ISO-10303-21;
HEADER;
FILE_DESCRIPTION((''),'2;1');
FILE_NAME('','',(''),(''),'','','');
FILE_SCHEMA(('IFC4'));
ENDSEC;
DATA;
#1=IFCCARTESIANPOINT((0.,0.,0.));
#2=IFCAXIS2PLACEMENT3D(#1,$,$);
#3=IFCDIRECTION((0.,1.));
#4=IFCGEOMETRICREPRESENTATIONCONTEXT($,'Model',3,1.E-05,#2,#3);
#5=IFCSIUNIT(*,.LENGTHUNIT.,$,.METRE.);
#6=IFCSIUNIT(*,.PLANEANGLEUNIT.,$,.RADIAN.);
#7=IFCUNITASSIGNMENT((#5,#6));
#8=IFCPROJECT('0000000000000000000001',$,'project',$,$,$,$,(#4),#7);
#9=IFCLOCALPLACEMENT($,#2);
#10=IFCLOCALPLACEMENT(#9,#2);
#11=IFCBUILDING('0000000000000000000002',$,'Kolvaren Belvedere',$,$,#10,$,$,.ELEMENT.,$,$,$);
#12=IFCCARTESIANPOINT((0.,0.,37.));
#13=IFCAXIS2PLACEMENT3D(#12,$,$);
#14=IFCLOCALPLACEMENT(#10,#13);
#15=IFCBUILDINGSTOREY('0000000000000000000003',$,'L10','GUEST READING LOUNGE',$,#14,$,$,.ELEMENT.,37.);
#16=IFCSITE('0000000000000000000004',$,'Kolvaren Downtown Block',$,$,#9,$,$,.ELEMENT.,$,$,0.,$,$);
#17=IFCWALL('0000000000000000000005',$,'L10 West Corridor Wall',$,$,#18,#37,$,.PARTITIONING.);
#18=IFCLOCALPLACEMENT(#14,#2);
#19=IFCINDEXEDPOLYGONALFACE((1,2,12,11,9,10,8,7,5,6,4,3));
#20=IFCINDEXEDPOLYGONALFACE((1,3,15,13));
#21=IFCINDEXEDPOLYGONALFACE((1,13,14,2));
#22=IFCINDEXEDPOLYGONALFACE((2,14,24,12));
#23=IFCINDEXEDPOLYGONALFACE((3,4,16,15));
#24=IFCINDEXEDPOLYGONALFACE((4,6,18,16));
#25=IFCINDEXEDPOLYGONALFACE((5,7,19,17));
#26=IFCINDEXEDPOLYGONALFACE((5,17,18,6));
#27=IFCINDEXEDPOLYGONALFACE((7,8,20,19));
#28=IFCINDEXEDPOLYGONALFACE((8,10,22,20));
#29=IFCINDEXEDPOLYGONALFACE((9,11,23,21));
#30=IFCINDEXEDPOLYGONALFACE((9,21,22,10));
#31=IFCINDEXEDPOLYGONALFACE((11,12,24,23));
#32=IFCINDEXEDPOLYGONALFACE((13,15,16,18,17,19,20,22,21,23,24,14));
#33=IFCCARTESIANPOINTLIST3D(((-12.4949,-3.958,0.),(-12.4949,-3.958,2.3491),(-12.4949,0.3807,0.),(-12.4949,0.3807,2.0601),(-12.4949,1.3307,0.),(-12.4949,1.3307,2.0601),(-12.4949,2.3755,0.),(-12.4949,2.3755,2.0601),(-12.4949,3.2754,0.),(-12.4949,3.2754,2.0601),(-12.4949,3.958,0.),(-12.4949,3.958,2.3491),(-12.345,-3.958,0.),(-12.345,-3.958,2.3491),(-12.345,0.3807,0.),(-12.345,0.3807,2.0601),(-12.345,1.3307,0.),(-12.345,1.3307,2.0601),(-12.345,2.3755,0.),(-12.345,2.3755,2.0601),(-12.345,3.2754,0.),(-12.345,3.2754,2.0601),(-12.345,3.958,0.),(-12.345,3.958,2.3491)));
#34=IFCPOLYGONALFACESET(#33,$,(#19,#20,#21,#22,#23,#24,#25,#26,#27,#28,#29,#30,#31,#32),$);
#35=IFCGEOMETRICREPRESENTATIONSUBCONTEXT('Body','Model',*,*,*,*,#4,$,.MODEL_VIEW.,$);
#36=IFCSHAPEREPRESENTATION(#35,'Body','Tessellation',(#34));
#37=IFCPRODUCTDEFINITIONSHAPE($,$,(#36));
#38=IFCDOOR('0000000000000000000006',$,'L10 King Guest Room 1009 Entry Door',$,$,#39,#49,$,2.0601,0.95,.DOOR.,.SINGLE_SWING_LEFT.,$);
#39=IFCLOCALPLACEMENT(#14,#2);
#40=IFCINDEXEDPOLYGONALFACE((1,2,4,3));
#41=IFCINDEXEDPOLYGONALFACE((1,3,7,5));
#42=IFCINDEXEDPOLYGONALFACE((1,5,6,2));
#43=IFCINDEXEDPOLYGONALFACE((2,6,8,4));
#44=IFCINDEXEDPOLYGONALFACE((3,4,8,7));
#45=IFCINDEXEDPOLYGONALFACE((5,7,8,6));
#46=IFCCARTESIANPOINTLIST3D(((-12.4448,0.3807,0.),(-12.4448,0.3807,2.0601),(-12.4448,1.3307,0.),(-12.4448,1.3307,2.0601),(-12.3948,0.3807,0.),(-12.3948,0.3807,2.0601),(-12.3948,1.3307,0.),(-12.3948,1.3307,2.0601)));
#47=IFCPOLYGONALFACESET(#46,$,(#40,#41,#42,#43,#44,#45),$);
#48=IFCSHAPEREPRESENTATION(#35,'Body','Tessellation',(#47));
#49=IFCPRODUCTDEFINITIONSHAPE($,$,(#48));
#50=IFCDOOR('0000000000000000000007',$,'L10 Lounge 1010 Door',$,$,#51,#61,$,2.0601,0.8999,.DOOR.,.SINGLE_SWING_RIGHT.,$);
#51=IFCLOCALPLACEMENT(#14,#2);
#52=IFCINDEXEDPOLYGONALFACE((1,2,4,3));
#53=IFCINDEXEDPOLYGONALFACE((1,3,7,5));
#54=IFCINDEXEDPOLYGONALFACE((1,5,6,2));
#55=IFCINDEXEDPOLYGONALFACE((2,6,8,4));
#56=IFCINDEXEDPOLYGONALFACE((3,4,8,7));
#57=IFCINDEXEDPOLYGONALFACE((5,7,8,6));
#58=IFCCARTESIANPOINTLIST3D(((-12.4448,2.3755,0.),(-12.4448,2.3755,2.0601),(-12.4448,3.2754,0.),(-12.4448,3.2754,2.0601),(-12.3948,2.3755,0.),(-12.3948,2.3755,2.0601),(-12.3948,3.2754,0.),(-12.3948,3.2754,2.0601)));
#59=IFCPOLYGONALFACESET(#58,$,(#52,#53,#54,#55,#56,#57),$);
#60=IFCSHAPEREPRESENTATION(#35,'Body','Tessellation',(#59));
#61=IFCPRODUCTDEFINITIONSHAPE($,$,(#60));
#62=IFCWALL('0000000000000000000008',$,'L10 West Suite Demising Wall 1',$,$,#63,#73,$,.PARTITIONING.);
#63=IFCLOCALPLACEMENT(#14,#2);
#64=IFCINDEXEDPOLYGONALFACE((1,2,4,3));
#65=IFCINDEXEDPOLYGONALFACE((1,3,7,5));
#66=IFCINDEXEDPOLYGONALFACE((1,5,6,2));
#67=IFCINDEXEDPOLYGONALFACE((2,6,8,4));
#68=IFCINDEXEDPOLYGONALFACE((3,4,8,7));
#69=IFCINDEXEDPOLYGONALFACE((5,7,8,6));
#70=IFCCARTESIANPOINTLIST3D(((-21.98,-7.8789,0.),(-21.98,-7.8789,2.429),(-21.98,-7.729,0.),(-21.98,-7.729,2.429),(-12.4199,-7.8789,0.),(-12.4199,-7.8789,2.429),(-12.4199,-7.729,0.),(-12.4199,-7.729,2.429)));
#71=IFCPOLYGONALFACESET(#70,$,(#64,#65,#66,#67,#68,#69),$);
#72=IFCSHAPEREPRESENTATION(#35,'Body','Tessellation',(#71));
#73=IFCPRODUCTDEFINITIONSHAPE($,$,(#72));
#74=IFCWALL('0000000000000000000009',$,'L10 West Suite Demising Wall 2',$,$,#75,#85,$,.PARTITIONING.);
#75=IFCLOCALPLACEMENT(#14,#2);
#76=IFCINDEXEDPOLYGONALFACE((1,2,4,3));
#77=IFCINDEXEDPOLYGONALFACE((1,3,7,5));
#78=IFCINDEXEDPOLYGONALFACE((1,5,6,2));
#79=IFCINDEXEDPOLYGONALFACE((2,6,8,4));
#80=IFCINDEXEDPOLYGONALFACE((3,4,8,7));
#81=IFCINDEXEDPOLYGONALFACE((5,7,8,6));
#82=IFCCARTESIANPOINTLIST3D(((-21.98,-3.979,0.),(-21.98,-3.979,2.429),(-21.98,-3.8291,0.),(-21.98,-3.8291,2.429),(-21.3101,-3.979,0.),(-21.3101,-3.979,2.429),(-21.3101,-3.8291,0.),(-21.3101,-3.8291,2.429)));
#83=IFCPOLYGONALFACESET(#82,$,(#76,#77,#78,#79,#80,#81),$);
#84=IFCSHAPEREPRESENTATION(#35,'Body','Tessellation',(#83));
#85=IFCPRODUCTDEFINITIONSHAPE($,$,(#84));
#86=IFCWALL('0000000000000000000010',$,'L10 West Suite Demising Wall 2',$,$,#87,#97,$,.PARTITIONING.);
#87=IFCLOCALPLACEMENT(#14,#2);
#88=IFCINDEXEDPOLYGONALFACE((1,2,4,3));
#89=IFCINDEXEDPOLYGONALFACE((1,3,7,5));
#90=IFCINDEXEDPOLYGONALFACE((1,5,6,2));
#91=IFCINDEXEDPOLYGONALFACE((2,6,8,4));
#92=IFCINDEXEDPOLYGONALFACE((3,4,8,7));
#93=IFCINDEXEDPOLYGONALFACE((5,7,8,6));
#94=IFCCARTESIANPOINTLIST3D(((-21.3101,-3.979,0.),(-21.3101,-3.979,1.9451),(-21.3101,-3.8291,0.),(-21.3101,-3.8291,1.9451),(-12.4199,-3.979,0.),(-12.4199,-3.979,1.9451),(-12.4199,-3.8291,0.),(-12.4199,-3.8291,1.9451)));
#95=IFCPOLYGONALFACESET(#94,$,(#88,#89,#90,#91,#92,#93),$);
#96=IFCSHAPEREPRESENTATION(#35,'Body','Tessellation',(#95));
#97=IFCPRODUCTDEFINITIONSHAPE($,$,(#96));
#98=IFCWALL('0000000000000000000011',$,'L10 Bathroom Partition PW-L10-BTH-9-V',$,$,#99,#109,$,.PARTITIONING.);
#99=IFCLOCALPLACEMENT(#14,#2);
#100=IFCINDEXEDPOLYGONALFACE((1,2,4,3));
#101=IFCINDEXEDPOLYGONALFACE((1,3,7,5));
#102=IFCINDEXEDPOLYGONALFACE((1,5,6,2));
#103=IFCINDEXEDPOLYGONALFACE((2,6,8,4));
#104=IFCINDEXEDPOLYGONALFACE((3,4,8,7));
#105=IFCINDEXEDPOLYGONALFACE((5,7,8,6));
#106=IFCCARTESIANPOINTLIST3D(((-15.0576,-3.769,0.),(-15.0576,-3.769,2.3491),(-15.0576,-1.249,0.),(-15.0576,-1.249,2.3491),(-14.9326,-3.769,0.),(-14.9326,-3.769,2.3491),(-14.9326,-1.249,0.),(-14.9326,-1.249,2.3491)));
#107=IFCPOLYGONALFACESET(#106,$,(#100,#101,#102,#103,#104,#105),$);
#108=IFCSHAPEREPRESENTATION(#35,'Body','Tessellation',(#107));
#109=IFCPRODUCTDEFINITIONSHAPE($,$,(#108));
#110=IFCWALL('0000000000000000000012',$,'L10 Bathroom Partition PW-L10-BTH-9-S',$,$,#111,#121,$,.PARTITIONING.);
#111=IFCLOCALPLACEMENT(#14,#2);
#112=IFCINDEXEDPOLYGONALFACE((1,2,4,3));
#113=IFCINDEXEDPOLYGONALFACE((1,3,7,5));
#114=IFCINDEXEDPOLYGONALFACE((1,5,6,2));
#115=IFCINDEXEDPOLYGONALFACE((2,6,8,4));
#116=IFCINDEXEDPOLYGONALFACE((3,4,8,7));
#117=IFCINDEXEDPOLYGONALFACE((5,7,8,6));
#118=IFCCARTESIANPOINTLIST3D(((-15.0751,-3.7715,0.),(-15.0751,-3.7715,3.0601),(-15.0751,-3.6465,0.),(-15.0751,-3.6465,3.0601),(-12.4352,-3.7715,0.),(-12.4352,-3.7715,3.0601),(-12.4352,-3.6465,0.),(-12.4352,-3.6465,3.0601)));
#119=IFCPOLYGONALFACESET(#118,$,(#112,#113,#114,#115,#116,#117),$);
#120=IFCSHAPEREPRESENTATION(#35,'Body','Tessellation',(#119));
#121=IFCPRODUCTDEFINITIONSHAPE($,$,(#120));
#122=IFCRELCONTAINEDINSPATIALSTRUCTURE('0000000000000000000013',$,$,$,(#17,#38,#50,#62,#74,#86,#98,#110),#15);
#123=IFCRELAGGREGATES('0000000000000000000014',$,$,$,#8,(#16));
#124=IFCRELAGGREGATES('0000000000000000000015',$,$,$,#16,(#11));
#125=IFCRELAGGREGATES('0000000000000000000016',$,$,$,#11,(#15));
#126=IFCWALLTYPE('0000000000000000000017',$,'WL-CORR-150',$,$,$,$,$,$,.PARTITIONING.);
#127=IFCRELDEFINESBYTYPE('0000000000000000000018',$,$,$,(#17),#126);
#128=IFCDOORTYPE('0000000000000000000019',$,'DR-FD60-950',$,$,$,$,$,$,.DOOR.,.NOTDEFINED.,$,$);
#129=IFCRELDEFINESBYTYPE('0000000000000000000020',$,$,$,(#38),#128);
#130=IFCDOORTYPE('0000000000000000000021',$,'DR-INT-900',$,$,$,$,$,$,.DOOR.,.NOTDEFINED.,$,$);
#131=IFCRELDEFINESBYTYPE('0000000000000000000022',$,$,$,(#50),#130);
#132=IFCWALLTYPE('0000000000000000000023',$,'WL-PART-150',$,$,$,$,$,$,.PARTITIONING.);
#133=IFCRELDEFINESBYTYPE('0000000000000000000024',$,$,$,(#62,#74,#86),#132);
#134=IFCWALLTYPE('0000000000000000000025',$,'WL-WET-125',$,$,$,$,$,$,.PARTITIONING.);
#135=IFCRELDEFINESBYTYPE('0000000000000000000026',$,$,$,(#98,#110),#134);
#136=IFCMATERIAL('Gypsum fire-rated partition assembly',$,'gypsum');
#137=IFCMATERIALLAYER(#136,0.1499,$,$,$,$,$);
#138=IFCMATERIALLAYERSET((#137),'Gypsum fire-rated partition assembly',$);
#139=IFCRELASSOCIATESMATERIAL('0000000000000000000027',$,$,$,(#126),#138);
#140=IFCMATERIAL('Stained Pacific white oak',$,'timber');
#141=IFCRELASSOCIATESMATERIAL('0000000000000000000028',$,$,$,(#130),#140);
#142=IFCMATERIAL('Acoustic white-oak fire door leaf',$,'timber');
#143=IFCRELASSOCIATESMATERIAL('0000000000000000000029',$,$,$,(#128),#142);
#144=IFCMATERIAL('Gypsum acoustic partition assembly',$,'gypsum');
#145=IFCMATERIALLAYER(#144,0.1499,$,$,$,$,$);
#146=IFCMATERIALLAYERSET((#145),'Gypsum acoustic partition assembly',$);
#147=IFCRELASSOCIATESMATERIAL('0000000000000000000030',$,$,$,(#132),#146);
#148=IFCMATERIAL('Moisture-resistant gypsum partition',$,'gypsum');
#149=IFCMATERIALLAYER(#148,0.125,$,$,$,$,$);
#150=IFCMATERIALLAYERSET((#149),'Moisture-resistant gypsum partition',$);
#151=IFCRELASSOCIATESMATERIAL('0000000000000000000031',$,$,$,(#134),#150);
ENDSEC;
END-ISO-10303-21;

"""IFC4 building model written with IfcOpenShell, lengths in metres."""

from ifc_helpers import new_model, si_unit, direction, frame, frame_2d, origin, place, context, subcontext, project, spatial, rectangle, extrude, material, layer, layer_set, type_object, element, fill, save


model = new_model("IFC4")

# Units and contexts
model_context = context("Model", 3, precision=1e-05, world=origin(), true_north=direction((0.0, 1.0)))
body_context = subcontext(model_context, "Body", "Model", "MODEL_VIEW")
ifc_project = project(units=[si_unit("LENGTHUNIT", "METRE"), si_unit("PLANEANGLEUNIT", "RADIAN")], contexts=[model_context])

# Site, building, storey
site_placement = place(None, origin())
site = spatial("IfcSite", under=ifc_project, at=site_placement, Name="Kolvaren Downtown Block", CompositionType="ELEMENT", RefElevation=0.0)
building_placement = place(site_placement, origin())
building = spatial("IfcBuilding", under=site, at=building_placement, Name="Kolvaren Belvedere", CompositionType="ELEMENT")
storey_placement = place(building_placement, frame((0.0, 0.0, 37.0)))
storey = spatial("IfcBuildingStorey", under=building, at=storey_placement, Name="L10", Description="GUEST READING LOUNGE", CompositionType="ELEMENT", Elevation=37.0)

# Shared definitions
ifc_material_1 = material(Name="Gypsum fire-rated partition assembly", Category="gypsum")
ifc_layer_1 = layer(ifc_material_1, 0.1499)
ifc_layer_set_1 = layer_set([ifc_layer_1], Name="Gypsum fire-rated partition assembly")
wall_type_1 = type_object("IfcWallType", Name="WL-CORR-150", PredefinedType="PARTITIONING", material=ifc_layer_set_1)

# Shared definitions
ifc_material_2 = material(Name="Stained Pacific white oak", Category="timber")
door_type_1 = type_object("IfcDoorType", Name="DR-INT-900", OperationType="NOTDEFINED", PredefinedType="DOOR", material=ifc_material_2)

# Wall, openings, doors
wall_1_placement = place(storey_placement, frame((-12.4199, -3.958, 0.0), z_axis=(0.0, 0.0, 1.0), x_axis=(0.0, 1.0, 0.0)))
wall_1 = element("IfcWall", 1, at=wall_1_placement, inside=storey, type_object=wall_type_1, Name="L10 West Corridor Wall", PredefinedType="PARTITIONING", context=body_context, shape_type="SweptSolid", body=[
    extrude(rectangle(XDim=7.916, YDim=0.1499, at=frame_2d((3.958, 0.0))), origin(), (0.0, 0.0, 1.0), 2.3491),
])
opening_1_placement = place(wall_1_placement, frame((4.3386, 0.0, 0.0)))
opening_1 = element("IfcOpeningElement", 2, at=opening_1_placement, cuts=wall_1, PredefinedType="OPENING", context=body_context, shape_type="SweptSolid", body=[
    extrude(rectangle(XDim=0.95, YDim=2.0601, at=frame_2d((0.4751, 1.03))), frame((0.0, 0.085, 0.0), z_axis=(0.0, -1.0, 0.0), x_axis=(1.0, 0.0, 0.0)), (0.0, 0.0, 1.0), 0.1699),
])
opening_2_placement = place(wall_1_placement, frame((6.3335, 0.0, 0.0)))
opening_2 = element("IfcOpeningElement", 3, at=opening_2_placement, cuts=wall_1, PredefinedType="OPENING", context=body_context, shape_type="SweptSolid", body=[
    extrude(rectangle(XDim=0.8999, YDim=2.0601, at=frame_2d((0.45, 1.03))), frame((0.0, 0.085, 0.0), z_axis=(0.0, -1.0, 0.0), x_axis=(1.0, 0.0, 0.0)), (0.0, 0.0, 1.0), 0.1699),
])
ifc_material_3 = material(Name="Acoustic white-oak fire door leaf", Category="timber")
door_type_2 = type_object("IfcDoorType", Name="DR-FD60-950", OperationType="NOTDEFINED", PredefinedType="DOOR", material=ifc_material_3)
door_1_placement = place(opening_1_placement, origin())
door_1 = element("IfcDoor", 4, at=door_1_placement, inside=storey, type_object=door_type_2, Name="L10 King Guest Room 1009 Entry Door", OperationType="SINGLE_SWING_LEFT", OverallHeight=2.0601, OverallWidth=0.95, PredefinedType="DOOR", context=body_context, shape_type="SweptSolid", body=[
    extrude(rectangle(XDim=0.95, YDim=2.0601, at=frame_2d((0.4751, 1.03))), frame((0.0, 0.0249, 0.0), z_axis=(0.0, -1.0, 0.0), x_axis=(1.0, 0.0, 0.0)), (0.0, 0.0, 1.0), 0.05),
])
fill(opening_1, door_1)
door_2_placement = place(opening_2_placement, origin())
door_2 = element("IfcDoor", 5, at=door_2_placement, inside=storey, type_object=door_type_1, Name="L10 Lounge 1010 Door", OperationType="SINGLE_SWING_RIGHT", OverallHeight=2.0601, OverallWidth=0.8999, PredefinedType="DOOR", context=body_context, shape_type="SweptSolid", body=[
    extrude(rectangle(XDim=0.8999, YDim=2.0601, at=frame_2d((0.45, 1.03))), frame((0.0, 0.0249, 0.0), z_axis=(0.0, -1.0, 0.0), x_axis=(1.0, 0.0, 0.0)), (0.0, 0.0, 1.0), 0.05),
])
fill(opening_2, door_2)

# Walls
ifc_material_4 = material(Name="Gypsum acoustic partition assembly", Category="gypsum")
ifc_layer_2 = layer(ifc_material_4, 0.1499)
ifc_layer_set_2 = layer_set([ifc_layer_2], Name="Gypsum acoustic partition assembly")
wall_type_2 = type_object("IfcWallType", Name="WL-PART-150", PredefinedType="PARTITIONING", material=ifc_layer_set_2)
wall_2_placement = place(storey_placement, frame((-21.98, -7.804, 0.0), z_axis=(0.0, 0.0, 1.0), x_axis=(1.0, 0.0, 0.0)))
element("IfcWall", 6, at=wall_2_placement, inside=storey, type_object=wall_type_2, Name="L10 West Suite Demising Wall 1", PredefinedType="PARTITIONING", context=body_context, shape_type="SweptSolid", body=[
    extrude(rectangle(XDim=9.5601, YDim=0.1499, at=frame_2d((4.78, 0.0))), origin(), (0.0, 0.0, 1.0), 2.429),
])
wall_3_placement = place(storey_placement, frame((-21.98, -3.9041, 0.0), z_axis=(0.0, 0.0, 1.0), x_axis=(1.0, 0.0, 0.0)))
element("IfcWall", 7, at=wall_3_placement, inside=storey, type_object=wall_type_2, Name="L10 West Suite Demising Wall 2", PredefinedType="PARTITIONING", context=body_context, shape_type="SweptSolid", body=[
    extrude(rectangle(XDim=0.6699, YDim=0.1499, at=frame_2d((0.335, 0.0))), origin(), (0.0, 0.0, 1.0), 2.429),
])
wall_4_placement = place(storey_placement, frame((-21.3101, -3.9041, 0.0), z_axis=(0.0, 0.0, 1.0), x_axis=(1.0, 0.0, 0.0)))
element("IfcWall", 8, at=wall_4_placement, inside=storey, type_object=wall_type_2, Name="L10 West Suite Demising Wall 2", PredefinedType="PARTITIONING", context=body_context, shape_type="SweptSolid", body=[
    extrude(rectangle(XDim=8.8901, YDim=0.1499, at=frame_2d((4.4451, 0.0))), origin(), (0.0, 0.0, 1.0), 1.9451),
])
ifc_material_5 = material(Name="Moisture-resistant gypsum partition", Category="gypsum")
ifc_layer_3 = layer(ifc_material_5, 0.125)
ifc_layer_set_3 = layer_set([ifc_layer_3], Name="Moisture-resistant gypsum partition")
wall_type_3 = type_object("IfcWallType", Name="WL-WET-125", PredefinedType="PARTITIONING", material=ifc_layer_set_3)
wall_5_placement = place(storey_placement, frame((-14.9951, -3.769, 0.0), z_axis=(0.0, 0.0, 1.0), x_axis=(0.0, 1.0, 0.0)))
element("IfcWall", 9, at=wall_5_placement, inside=storey, type_object=wall_type_3, Name="L10 Bathroom Partition PW-L10-BTH-9-V", PredefinedType="PARTITIONING", context=body_context, shape_type="SweptSolid", body=[
    extrude(rectangle(XDim=2.52, YDim=0.125, at=frame_2d((1.26, 0.0))), origin(), (0.0, 0.0, 1.0), 2.3491),
])
wall_6_placement = place(storey_placement, frame((-15.075, -3.709, 0.0), z_axis=(0.0, 0.0, 1.0), x_axis=(1.0, 0.0, 0.0)))
element("IfcWall", 10, at=wall_6_placement, inside=storey, type_object=wall_type_3, Name="L10 Bathroom Partition PW-L10-BTH-9-S", PredefinedType="PARTITIONING", context=body_context, shape_type="SweptSolid", body=[
    extrude(rectangle(XDim=2.6399, YDim=0.125, at=frame_2d((1.3198, 0.0))), origin(), (0.0, 0.0, 1.0), 3.0601),
])

save(model, "model.ifc")
